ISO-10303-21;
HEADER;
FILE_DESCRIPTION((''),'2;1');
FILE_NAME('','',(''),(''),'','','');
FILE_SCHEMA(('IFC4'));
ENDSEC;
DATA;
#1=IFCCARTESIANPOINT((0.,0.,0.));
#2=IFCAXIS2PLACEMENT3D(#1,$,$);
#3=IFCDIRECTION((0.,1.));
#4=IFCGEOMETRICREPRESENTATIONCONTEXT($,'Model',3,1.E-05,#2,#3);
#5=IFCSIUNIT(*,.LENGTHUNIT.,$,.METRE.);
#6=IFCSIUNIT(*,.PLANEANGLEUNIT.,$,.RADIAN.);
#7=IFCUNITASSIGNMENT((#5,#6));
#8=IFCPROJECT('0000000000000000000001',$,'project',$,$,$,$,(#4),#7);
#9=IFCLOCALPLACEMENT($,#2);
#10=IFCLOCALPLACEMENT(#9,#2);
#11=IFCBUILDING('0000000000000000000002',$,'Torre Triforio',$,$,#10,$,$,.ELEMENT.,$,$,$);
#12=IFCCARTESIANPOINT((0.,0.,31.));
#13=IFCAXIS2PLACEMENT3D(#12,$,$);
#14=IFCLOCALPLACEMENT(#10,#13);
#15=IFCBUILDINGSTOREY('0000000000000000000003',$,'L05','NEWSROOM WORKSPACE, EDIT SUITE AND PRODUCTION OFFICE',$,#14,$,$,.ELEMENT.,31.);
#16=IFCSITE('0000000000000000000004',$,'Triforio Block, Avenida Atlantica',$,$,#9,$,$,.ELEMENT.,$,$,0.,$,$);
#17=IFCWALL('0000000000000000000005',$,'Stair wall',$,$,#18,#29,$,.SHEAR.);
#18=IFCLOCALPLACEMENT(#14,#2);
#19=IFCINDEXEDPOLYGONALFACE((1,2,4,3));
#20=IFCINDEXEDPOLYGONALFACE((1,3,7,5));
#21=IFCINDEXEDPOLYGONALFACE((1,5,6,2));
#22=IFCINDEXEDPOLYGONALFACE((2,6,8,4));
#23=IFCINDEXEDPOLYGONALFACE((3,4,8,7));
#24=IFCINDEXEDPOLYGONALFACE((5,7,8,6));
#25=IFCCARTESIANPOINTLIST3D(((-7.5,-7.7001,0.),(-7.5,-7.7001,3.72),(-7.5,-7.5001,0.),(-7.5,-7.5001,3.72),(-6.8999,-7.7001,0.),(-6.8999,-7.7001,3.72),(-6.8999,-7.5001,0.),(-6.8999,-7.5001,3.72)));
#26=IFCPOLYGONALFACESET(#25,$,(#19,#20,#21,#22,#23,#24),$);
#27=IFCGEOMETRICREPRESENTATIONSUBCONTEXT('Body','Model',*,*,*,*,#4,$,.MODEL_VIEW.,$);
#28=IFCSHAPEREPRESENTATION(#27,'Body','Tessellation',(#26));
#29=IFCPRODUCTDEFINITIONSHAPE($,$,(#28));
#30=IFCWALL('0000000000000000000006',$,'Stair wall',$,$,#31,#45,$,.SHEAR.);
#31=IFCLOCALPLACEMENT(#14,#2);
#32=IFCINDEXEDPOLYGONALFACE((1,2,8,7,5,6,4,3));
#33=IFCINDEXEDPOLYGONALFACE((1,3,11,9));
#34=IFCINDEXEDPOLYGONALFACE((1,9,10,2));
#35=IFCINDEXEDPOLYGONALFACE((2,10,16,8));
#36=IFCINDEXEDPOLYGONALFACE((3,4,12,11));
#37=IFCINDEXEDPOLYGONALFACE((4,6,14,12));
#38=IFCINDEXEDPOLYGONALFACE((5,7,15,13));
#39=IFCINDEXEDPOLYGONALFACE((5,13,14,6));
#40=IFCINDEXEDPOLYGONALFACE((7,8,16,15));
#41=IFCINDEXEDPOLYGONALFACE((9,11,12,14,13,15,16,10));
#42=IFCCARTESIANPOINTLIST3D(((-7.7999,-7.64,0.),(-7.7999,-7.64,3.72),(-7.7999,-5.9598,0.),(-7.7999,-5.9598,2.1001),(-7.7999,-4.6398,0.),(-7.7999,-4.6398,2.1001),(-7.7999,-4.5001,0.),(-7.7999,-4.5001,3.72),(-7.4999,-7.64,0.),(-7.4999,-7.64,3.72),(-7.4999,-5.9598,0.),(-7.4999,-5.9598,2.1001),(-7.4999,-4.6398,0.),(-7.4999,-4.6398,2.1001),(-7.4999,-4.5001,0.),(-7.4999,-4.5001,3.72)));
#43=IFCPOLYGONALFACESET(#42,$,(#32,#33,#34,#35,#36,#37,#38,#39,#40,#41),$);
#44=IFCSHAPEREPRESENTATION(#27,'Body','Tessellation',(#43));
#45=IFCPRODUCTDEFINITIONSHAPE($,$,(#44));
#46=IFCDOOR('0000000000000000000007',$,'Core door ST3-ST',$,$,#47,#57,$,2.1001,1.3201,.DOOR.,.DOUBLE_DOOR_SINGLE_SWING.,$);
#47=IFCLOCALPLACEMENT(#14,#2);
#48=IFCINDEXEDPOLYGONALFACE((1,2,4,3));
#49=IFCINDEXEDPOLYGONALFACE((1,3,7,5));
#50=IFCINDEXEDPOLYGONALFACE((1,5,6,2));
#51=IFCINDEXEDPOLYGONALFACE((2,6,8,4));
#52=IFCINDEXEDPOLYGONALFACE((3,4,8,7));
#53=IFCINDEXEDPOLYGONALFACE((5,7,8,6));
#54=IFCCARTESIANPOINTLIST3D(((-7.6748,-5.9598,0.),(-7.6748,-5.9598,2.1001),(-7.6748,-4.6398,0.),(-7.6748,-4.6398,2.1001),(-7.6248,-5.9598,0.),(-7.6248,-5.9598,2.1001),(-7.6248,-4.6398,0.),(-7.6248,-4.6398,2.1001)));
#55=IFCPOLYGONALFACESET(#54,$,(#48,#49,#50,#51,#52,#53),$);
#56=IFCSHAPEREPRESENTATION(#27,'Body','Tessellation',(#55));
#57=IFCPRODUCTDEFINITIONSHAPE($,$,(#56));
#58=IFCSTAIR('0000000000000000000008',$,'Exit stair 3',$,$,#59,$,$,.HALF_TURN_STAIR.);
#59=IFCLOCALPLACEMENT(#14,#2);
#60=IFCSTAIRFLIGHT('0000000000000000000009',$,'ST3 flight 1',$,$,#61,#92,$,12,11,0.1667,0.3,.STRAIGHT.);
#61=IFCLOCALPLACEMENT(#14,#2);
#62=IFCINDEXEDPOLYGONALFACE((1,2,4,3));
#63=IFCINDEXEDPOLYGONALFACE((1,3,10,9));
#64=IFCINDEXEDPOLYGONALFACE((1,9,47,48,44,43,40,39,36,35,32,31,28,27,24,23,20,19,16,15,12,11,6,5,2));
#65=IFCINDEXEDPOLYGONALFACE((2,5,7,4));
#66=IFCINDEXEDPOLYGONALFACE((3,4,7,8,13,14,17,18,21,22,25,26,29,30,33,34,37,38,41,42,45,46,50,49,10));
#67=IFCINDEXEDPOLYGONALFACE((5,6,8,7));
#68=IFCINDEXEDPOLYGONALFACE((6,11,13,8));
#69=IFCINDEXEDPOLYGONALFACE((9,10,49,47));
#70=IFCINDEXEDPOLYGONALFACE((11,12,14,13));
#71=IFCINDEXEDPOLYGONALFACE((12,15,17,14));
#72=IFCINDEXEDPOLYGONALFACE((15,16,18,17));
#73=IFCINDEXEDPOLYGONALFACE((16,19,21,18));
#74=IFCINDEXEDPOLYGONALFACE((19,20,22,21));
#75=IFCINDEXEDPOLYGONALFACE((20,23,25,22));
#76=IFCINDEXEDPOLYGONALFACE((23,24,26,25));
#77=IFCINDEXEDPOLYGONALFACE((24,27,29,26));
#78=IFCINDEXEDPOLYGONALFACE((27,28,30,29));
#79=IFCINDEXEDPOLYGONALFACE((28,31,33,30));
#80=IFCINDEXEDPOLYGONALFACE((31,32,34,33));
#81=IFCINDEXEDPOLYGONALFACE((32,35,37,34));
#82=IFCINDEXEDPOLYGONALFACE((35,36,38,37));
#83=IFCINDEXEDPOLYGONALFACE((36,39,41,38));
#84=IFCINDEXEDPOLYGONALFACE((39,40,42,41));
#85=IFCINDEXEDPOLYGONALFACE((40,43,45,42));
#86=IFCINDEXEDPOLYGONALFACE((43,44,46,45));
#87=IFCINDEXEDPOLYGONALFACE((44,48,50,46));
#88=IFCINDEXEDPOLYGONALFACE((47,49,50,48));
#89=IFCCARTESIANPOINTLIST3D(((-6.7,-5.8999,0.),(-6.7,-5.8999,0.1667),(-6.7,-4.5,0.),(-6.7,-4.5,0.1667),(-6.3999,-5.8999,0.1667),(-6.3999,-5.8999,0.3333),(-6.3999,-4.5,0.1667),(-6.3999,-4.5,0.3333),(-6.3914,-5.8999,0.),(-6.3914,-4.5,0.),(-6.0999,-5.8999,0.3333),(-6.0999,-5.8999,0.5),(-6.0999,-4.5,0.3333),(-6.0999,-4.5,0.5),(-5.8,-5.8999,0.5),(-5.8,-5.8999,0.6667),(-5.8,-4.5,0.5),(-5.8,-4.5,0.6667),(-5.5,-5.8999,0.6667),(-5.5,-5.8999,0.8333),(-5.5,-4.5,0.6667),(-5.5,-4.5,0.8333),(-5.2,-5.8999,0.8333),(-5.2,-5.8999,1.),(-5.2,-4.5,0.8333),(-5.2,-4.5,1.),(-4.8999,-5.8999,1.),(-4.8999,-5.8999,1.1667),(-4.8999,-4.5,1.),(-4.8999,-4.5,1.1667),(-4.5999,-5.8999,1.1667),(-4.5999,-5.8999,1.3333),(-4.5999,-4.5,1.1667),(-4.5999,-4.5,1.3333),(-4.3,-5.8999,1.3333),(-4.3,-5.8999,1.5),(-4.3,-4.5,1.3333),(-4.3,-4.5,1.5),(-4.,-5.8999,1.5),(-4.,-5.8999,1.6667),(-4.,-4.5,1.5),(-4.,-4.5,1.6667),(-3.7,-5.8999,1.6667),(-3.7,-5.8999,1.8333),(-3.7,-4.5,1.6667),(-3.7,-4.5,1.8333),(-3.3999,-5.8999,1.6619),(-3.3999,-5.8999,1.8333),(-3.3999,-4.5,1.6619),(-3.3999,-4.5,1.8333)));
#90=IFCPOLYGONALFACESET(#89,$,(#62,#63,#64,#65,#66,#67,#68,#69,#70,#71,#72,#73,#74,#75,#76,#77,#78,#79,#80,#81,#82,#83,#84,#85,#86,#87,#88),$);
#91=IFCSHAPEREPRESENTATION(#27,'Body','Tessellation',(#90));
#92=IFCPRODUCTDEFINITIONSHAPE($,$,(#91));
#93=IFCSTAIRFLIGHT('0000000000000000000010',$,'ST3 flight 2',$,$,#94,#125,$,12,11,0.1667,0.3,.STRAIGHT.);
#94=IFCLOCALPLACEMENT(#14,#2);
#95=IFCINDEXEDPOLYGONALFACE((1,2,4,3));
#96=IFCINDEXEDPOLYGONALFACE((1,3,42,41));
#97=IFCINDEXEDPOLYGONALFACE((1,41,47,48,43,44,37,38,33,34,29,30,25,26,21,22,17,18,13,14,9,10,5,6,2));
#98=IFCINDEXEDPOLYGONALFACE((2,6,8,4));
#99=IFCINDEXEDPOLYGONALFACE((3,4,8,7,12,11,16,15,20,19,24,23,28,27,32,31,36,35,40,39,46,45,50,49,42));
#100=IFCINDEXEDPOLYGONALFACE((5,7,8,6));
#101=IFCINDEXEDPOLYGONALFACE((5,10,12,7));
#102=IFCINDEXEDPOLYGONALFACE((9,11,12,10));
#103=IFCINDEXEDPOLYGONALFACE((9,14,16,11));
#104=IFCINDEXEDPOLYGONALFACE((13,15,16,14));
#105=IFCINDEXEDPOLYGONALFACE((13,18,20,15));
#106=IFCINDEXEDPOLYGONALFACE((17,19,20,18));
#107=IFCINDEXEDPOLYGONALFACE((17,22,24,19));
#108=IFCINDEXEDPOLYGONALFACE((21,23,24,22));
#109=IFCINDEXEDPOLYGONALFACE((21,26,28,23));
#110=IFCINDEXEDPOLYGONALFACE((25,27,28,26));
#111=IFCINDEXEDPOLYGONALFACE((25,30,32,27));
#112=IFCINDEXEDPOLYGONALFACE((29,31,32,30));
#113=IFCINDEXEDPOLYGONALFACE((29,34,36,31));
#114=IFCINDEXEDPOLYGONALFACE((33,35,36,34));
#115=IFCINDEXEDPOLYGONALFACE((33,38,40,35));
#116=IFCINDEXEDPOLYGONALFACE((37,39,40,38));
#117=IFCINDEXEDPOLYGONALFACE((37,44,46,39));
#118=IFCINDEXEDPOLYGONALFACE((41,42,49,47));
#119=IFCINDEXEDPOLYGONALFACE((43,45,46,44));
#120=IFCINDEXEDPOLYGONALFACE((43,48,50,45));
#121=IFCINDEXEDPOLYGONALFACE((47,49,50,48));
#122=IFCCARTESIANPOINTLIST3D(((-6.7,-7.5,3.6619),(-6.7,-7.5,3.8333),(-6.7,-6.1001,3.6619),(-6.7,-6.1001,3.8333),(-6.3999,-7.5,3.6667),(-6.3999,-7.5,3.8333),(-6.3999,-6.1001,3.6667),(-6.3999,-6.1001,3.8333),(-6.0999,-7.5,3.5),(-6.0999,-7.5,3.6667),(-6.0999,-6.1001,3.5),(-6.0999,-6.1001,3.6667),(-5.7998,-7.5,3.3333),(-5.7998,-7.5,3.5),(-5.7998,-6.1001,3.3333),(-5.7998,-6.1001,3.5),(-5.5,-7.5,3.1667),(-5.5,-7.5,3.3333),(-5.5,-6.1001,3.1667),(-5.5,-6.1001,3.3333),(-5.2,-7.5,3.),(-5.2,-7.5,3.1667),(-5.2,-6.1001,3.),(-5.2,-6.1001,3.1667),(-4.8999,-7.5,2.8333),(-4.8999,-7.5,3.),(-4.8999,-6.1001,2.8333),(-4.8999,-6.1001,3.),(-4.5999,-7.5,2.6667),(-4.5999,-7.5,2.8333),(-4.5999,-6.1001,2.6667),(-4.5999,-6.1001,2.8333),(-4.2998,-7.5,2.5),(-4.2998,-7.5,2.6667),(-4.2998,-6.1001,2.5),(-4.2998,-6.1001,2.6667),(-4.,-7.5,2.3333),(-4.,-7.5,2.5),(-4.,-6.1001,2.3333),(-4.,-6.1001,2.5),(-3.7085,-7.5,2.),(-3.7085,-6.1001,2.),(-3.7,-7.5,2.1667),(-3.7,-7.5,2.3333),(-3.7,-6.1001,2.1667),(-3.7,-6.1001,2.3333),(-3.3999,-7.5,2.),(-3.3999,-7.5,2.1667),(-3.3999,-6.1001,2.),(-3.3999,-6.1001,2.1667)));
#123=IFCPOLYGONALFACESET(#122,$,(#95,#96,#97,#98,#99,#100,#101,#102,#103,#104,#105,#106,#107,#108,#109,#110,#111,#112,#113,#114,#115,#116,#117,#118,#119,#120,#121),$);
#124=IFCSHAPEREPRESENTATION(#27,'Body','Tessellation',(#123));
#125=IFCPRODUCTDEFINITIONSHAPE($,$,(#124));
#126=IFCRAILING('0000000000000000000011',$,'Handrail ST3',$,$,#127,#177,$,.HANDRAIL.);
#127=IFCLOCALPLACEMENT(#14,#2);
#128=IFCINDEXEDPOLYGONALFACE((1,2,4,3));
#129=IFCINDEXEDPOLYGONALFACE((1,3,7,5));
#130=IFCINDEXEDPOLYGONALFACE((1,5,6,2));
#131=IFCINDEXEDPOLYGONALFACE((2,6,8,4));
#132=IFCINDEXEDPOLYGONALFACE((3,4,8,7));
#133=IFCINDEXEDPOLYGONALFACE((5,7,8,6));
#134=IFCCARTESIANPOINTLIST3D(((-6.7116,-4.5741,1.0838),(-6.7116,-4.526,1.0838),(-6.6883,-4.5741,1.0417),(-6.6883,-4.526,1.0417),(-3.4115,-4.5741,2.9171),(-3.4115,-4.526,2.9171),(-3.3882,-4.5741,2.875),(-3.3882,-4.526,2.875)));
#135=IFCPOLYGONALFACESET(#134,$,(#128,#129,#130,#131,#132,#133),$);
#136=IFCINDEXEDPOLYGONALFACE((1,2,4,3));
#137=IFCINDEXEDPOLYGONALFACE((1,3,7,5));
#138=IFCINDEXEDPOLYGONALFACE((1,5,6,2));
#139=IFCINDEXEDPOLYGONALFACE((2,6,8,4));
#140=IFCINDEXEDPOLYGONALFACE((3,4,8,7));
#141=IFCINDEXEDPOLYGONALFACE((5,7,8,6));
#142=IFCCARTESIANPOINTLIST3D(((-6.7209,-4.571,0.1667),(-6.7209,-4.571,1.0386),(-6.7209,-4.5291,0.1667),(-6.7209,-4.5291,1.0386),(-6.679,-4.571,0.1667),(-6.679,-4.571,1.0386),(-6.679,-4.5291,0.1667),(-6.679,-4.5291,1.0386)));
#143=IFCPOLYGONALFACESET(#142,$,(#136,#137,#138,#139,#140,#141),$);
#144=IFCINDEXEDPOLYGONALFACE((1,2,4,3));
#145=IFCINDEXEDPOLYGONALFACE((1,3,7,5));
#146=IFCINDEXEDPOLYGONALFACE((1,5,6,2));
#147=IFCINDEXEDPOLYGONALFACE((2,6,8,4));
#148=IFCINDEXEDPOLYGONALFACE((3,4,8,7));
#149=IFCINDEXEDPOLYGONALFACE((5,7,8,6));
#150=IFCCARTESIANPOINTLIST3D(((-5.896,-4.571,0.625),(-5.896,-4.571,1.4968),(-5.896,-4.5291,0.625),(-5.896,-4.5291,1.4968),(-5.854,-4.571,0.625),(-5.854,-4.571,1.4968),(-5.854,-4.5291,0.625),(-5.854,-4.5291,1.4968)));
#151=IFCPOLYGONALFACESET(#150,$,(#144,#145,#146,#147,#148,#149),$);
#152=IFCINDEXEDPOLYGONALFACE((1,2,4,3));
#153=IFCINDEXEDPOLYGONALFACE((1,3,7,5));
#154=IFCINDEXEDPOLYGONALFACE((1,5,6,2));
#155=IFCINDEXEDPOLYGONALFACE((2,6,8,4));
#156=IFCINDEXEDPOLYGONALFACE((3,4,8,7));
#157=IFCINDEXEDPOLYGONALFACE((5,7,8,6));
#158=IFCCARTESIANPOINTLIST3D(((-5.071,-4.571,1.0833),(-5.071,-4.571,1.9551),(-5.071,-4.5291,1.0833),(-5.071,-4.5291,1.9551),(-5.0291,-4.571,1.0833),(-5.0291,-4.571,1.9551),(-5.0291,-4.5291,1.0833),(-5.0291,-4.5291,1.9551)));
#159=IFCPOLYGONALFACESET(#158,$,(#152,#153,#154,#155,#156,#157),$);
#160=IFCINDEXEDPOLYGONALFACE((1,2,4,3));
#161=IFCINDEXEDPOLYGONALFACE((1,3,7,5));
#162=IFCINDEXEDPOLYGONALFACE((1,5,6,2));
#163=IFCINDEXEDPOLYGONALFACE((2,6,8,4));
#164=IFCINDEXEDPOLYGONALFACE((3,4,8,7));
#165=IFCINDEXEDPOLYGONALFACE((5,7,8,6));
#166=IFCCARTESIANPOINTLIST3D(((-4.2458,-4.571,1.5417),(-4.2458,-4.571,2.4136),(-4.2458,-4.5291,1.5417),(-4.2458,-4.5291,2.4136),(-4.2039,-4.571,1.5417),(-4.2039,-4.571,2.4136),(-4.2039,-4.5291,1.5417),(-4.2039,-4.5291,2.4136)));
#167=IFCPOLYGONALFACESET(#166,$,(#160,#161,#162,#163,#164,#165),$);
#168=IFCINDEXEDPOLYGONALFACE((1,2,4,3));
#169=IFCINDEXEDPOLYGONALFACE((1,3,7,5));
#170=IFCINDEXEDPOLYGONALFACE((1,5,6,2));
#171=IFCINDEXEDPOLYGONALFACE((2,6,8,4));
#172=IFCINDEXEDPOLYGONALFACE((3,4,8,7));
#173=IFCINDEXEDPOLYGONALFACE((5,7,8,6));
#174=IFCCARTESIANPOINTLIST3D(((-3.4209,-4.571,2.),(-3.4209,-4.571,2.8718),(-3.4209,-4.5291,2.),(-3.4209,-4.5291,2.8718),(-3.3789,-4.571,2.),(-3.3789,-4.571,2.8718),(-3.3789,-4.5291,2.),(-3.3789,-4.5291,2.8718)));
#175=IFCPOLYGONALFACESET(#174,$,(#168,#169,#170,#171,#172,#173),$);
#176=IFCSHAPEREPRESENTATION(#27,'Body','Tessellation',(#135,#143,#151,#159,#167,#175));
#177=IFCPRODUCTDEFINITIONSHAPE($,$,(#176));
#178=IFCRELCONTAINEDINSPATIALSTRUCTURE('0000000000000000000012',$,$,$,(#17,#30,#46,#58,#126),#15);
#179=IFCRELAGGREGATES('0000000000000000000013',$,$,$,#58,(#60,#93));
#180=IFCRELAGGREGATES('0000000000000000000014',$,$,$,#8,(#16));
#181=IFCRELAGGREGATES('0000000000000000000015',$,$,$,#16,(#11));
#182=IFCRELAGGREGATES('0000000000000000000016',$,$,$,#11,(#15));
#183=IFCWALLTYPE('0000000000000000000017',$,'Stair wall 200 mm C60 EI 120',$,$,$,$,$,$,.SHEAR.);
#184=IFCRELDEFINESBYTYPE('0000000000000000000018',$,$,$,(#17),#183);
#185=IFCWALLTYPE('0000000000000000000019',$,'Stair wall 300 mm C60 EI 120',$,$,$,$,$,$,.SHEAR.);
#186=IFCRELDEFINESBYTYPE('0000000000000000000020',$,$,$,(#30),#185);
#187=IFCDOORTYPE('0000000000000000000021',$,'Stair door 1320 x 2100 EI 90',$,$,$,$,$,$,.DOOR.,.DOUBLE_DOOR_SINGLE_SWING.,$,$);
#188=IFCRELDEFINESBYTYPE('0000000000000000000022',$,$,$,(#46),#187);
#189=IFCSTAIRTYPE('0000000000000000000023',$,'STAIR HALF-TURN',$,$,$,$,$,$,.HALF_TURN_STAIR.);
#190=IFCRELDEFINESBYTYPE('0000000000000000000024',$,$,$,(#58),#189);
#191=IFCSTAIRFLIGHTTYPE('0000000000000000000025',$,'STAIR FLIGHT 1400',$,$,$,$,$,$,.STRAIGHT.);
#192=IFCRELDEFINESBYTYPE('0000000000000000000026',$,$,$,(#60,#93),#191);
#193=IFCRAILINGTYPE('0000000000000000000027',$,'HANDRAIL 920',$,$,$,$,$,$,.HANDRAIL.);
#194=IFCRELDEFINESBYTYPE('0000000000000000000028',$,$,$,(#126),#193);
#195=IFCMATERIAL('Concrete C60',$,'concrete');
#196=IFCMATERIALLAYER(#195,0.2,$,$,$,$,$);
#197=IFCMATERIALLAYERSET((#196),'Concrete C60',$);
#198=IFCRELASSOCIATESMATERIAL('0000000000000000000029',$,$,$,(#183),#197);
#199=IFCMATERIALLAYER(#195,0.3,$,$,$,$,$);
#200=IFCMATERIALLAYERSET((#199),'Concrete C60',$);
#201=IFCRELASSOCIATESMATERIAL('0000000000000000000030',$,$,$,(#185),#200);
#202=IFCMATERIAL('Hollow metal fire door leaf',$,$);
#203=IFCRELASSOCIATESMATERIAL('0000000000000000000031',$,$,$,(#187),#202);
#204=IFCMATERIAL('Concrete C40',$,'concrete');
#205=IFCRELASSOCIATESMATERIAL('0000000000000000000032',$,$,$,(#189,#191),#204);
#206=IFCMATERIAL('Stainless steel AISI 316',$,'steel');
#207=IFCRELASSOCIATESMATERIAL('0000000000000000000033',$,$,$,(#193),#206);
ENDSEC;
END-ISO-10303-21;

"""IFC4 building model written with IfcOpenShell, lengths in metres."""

from ifc_helpers import new_model, si_unit, direction, frame, frame_2d, origin, origin_2d, place, context, subcontext, project, spatial, polyline, rectangle, outline, extrude, material, layer, layer_set, type_object, element, fill, aggregate, save


model = new_model("IFC4")

# Units and contexts
model_context = context("Model", 3, precision=1e-05, world=origin(), true_north=direction((0.0, 1.0)))
body_context = subcontext(model_context, "Body", "Model", "MODEL_VIEW")
ifc_project = project(units=[si_unit("LENGTHUNIT", "METRE"), si_unit("PLANEANGLEUNIT", "RADIAN")], contexts=[model_context])

# Site, building, storey
site_placement = place(None, origin())
site = spatial("IfcSite", under=ifc_project, at=site_placement, Name="Triforio Block, Avenida Atlantica", CompositionType="ELEMENT", RefElevation=0.0)
building_placement = place(site_placement, origin())
building = spatial("IfcBuilding", under=site, at=building_placement, Name="Torre Triforio", CompositionType="ELEMENT")
storey_placement = place(building_placement, frame((0.0, 0.0, 31.0)))
storey = spatial("IfcBuildingStorey", under=building, at=storey_placement, Name="L05", Description="NEWSROOM WORKSPACE, EDIT SUITE AND PRODUCTION OFFICE", CompositionType="ELEMENT", Elevation=31.0)

# Shared definitions
ifc_material_1 = material(Name="Hollow metal fire door leaf")

# Shared definitions
ifc_material_2 = material(Name="Concrete C60", Category="concrete")

# Wall
ifc_layer_1 = layer(ifc_material_2, 0.2)
ifc_layer_set_1 = layer_set([ifc_layer_1], Name="Concrete C60")
wall_type_1 = type_object("IfcWallType", Name="Stair wall 200 mm C60 EI 120", PredefinedType="SHEAR", material=ifc_layer_set_1)
wall_1_placement = place(storey_placement, frame((-7.5, -7.6001, 0.0), z_axis=(0.0, 0.0, 1.0), x_axis=(1.0, 0.0, 0.0)))
element("IfcWall", 1, at=wall_1_placement, inside=storey, type_object=wall_type_1, Name="Stair wall", PredefinedType="SHEAR", context=body_context, shape_type="SweptSolid", body=[
    extrude(rectangle(XDim=0.6001, YDim=0.2, at=frame_2d((0.3, 0.0))), origin(), (0.0, 0.0, 1.0), 3.72),
])

# Wall, opening, door
ifc_layer_2 = layer(ifc_material_2, 0.3)
ifc_layer_set_2 = layer_set([ifc_layer_2], Name="Concrete C60")
wall_type_2 = type_object("IfcWallType", Name="Stair wall 300 mm C60 EI 120", PredefinedType="SHEAR", material=ifc_layer_set_2)
wall_2_placement = place(storey_placement, frame((-7.6499, -7.6399, 0.0), z_axis=(0.0, 0.0, 1.0), x_axis=(0.0, 1.0, 0.0)))
wall_2 = element("IfcWall", 2, at=wall_2_placement, inside=storey, type_object=wall_type_2, Name="Stair wall", PredefinedType="SHEAR", context=body_context, shape_type="SweptSolid", body=[
    extrude(rectangle(XDim=3.1399, YDim=0.3, at=frame_2d((1.5698, 0.0))), origin(), (0.0, 0.0, 1.0), 3.72),
])
opening_1_placement = place(wall_2_placement, frame((1.6799, 0.0, 0.0)))
opening_1 = element("IfcOpeningElement", 3, at=opening_1_placement, cuts=wall_2, PredefinedType="OPENING", context=body_context, shape_type="SweptSolid", body=[
    extrude(rectangle(XDim=1.3201, YDim=2.1001, at=frame_2d((0.6602, 1.05))), frame((0.0, 0.1599, 0.0), z_axis=(0.0, -1.0, 0.0), x_axis=(1.0, 0.0, 0.0)), (0.0, 0.0, 1.0), 0.3201),
])
door_type_1 = type_object("IfcDoorType", Name="Stair door 1320 x 2100 EI 90", OperationType="DOUBLE_DOOR_SINGLE_SWING", PredefinedType="DOOR", material=ifc_material_1)
door_1_placement = place(opening_1_placement, origin())
door_1 = element("IfcDoor", 4, at=door_1_placement, inside=storey, type_object=door_type_1, Name="Core door ST3-ST", OperationType="DOUBLE_DOOR_SINGLE_SWING", OverallHeight=2.1001, OverallWidth=1.3201, PredefinedType="DOOR", context=body_context, shape_type="SweptSolid", body=[
    extrude(rectangle(XDim=1.3201, YDim=2.1001, at=frame_2d((0.6602, 1.05))), frame((0.0, 0.0249, 0.0), z_axis=(0.0, -1.0, 0.0), x_axis=(1.0, 0.0, 0.0)), (0.0, 0.0, 1.0), 0.05),
])
fill(opening_1, door_1)

# Stair, stair flights
ifc_material_3 = material(Name="Concrete C40", Category="concrete")
stair_type = type_object("IfcStairType", Name="STAIR HALF-TURN", PredefinedType="HALF_TURN_STAIR", material=ifc_material_3)
stair_placement = place(storey_placement, origin())
stair = element("IfcStair", 5, at=stair_placement, inside=storey, type_object=stair_type, Name="Exit stair 3", PredefinedType="HALF_TURN_STAIR")
stair_flight_type = type_object("IfcStairFlightType", Name="STAIR FLIGHT 1400", PredefinedType="STRAIGHT", material=ifc_material_3)
stair_flight_1_placement = place(storey_placement, frame((-6.7, -5.2, 0.0), z_axis=(0.0, 0.0, 1.0), x_axis=(1.0, 0.0, 0.0)))
stair_flight_1 = element("IfcStairFlight", 6, at=stair_flight_1_placement, type_object=stair_flight_type, Name="ST3 flight 1", NumberOfRisers=12, NumberOfTreads=11, PredefinedType="STRAIGHT", RiserHeight=0.1667, TreadLength=0.3, context=body_context, shape_type="SweptSolid", body=[
    extrude(outline(polyline([(0.0, 0.0), (0.0, 0.1667), (0.3, 0.1667), (0.3, 0.3333), (0.6001, 0.3333), (0.6001, 0.5), (0.8999, 0.5), (0.8999, 0.6667), (1.2, 0.6667), (1.2, 0.8333), (1.5, 0.8333), (1.5, 1.0), (1.8, 1.0), (1.8, 1.1667), (2.1001, 1.1667), (2.1001, 1.3333), (2.3999, 1.3333), (2.3999, 1.5), (2.7, 1.5), (2.7, 1.6667), (3.0, 1.6667), (3.0, 1.8333), (3.3, 1.8333), (3.3, 2.0), (3.3, 1.6619), (0.3086, 0.0), (0.0, 0.0)])), frame((0.0, 0.7, 0.0), z_axis=(0.0, -1.0, 0.0), x_axis=(1.0, 0.0, 0.0)), (0.0, 0.0, 1.0), 1.3999),
])
stair_flight_2_placement = place(storey_placement, frame((-3.3999, -6.8, 2.0), z_axis=(0.0, 0.0, 1.0), x_axis=(-1.0, 0.0, 0.0)))
stair_flight_2 = element("IfcStairFlight", 7, at=stair_flight_2_placement, type_object=stair_flight_type, Name="ST3 flight 2", NumberOfRisers=12, NumberOfTreads=11, PredefinedType="STRAIGHT", RiserHeight=0.1667, TreadLength=0.3, context=body_context, shape_type="SweptSolid", body=[
    extrude(outline(polyline([(0.0, 0.0), (0.0, 0.1667), (0.3, 0.1667), (0.3, 0.3333), (0.6001, 0.3333), (0.6001, 0.5), (0.8999, 0.5), (0.8999, 0.6667), (1.2, 0.6667), (1.2, 0.8333), (1.5, 0.8333), (1.5, 1.0), (1.8, 1.0), (1.8, 1.1667), (2.1001, 1.1667), (2.1001, 1.3333), (2.3999, 1.3333), (2.3999, 1.5), (2.7, 1.5), (2.7, 1.6667), (3.0, 1.6667), (3.0, 1.8333), (3.3, 1.8333), (3.3, 2.0), (3.3, 1.6619), (0.3086, 0.0), (0.0, 0.0)])), frame((0.0, 0.7, 0.0), z_axis=(0.0, -1.0, 0.0), x_axis=(1.0, 0.0, 0.0)), (0.0, 0.0, 1.0), 1.3999),
])
aggregate(stair, [stair_flight_1, stair_flight_2])

# Railing
ifc_material_4 = material(Name="Stainless steel AISI 316", Category="steel")
railing_type = type_object("IfcRailingType", Name="HANDRAIL 920", PredefinedType="HANDRAIL", material=ifc_material_4)
for number, where, name in (
    (8, (-6.7, -4.55, 0.1667), "Handrail ST3"),
):
    element("IfcRailing", number, at=place(storey_placement, frame(where)), inside=storey, type_object=railing_type, Name=name, PredefinedType="HANDRAIL", context=body_context, shape_type="SweptSolid", body=[
        extrude(rectangle(XDim=0.0481, YDim=0.0481, at=origin_2d()), frame((0.0, 0.0, 0.896), z_axis=(0.874169, 0.0, 0.485621), x_axis=(0.0, 1.0, 0.0)), (0.0, 0.0, 1.0), 3.7751),
        extrude(rectangle(XDim=0.042, YDim=0.042, at=origin_2d()), origin(), (0.0, 0.0, 1.0), 0.8718),
        extrude(rectangle(XDim=0.042, YDim=0.042, at=origin_2d()), frame((0.825, 0.0, 0.4583)), (0.0, 0.0, 1.0), 0.8718),
        extrude(rectangle(XDim=0.042, YDim=0.042, at=origin_2d()), frame((1.6499, 0.0, 0.9165)), (0.0, 0.0, 1.0), 0.8718),
        extrude(rectangle(XDim=0.042, YDim=0.042, at=origin_2d()), frame((2.4751, 0.0, 1.375)), (0.0, 0.0, 1.0), 0.8718),
        extrude(rectangle(XDim=0.042, YDim=0.042, at=origin_2d()), frame((3.3, 0.0, 1.8333)), (0.0, 0.0, 1.0), 0.8718),
    ])

save(model, "model.ifc")
